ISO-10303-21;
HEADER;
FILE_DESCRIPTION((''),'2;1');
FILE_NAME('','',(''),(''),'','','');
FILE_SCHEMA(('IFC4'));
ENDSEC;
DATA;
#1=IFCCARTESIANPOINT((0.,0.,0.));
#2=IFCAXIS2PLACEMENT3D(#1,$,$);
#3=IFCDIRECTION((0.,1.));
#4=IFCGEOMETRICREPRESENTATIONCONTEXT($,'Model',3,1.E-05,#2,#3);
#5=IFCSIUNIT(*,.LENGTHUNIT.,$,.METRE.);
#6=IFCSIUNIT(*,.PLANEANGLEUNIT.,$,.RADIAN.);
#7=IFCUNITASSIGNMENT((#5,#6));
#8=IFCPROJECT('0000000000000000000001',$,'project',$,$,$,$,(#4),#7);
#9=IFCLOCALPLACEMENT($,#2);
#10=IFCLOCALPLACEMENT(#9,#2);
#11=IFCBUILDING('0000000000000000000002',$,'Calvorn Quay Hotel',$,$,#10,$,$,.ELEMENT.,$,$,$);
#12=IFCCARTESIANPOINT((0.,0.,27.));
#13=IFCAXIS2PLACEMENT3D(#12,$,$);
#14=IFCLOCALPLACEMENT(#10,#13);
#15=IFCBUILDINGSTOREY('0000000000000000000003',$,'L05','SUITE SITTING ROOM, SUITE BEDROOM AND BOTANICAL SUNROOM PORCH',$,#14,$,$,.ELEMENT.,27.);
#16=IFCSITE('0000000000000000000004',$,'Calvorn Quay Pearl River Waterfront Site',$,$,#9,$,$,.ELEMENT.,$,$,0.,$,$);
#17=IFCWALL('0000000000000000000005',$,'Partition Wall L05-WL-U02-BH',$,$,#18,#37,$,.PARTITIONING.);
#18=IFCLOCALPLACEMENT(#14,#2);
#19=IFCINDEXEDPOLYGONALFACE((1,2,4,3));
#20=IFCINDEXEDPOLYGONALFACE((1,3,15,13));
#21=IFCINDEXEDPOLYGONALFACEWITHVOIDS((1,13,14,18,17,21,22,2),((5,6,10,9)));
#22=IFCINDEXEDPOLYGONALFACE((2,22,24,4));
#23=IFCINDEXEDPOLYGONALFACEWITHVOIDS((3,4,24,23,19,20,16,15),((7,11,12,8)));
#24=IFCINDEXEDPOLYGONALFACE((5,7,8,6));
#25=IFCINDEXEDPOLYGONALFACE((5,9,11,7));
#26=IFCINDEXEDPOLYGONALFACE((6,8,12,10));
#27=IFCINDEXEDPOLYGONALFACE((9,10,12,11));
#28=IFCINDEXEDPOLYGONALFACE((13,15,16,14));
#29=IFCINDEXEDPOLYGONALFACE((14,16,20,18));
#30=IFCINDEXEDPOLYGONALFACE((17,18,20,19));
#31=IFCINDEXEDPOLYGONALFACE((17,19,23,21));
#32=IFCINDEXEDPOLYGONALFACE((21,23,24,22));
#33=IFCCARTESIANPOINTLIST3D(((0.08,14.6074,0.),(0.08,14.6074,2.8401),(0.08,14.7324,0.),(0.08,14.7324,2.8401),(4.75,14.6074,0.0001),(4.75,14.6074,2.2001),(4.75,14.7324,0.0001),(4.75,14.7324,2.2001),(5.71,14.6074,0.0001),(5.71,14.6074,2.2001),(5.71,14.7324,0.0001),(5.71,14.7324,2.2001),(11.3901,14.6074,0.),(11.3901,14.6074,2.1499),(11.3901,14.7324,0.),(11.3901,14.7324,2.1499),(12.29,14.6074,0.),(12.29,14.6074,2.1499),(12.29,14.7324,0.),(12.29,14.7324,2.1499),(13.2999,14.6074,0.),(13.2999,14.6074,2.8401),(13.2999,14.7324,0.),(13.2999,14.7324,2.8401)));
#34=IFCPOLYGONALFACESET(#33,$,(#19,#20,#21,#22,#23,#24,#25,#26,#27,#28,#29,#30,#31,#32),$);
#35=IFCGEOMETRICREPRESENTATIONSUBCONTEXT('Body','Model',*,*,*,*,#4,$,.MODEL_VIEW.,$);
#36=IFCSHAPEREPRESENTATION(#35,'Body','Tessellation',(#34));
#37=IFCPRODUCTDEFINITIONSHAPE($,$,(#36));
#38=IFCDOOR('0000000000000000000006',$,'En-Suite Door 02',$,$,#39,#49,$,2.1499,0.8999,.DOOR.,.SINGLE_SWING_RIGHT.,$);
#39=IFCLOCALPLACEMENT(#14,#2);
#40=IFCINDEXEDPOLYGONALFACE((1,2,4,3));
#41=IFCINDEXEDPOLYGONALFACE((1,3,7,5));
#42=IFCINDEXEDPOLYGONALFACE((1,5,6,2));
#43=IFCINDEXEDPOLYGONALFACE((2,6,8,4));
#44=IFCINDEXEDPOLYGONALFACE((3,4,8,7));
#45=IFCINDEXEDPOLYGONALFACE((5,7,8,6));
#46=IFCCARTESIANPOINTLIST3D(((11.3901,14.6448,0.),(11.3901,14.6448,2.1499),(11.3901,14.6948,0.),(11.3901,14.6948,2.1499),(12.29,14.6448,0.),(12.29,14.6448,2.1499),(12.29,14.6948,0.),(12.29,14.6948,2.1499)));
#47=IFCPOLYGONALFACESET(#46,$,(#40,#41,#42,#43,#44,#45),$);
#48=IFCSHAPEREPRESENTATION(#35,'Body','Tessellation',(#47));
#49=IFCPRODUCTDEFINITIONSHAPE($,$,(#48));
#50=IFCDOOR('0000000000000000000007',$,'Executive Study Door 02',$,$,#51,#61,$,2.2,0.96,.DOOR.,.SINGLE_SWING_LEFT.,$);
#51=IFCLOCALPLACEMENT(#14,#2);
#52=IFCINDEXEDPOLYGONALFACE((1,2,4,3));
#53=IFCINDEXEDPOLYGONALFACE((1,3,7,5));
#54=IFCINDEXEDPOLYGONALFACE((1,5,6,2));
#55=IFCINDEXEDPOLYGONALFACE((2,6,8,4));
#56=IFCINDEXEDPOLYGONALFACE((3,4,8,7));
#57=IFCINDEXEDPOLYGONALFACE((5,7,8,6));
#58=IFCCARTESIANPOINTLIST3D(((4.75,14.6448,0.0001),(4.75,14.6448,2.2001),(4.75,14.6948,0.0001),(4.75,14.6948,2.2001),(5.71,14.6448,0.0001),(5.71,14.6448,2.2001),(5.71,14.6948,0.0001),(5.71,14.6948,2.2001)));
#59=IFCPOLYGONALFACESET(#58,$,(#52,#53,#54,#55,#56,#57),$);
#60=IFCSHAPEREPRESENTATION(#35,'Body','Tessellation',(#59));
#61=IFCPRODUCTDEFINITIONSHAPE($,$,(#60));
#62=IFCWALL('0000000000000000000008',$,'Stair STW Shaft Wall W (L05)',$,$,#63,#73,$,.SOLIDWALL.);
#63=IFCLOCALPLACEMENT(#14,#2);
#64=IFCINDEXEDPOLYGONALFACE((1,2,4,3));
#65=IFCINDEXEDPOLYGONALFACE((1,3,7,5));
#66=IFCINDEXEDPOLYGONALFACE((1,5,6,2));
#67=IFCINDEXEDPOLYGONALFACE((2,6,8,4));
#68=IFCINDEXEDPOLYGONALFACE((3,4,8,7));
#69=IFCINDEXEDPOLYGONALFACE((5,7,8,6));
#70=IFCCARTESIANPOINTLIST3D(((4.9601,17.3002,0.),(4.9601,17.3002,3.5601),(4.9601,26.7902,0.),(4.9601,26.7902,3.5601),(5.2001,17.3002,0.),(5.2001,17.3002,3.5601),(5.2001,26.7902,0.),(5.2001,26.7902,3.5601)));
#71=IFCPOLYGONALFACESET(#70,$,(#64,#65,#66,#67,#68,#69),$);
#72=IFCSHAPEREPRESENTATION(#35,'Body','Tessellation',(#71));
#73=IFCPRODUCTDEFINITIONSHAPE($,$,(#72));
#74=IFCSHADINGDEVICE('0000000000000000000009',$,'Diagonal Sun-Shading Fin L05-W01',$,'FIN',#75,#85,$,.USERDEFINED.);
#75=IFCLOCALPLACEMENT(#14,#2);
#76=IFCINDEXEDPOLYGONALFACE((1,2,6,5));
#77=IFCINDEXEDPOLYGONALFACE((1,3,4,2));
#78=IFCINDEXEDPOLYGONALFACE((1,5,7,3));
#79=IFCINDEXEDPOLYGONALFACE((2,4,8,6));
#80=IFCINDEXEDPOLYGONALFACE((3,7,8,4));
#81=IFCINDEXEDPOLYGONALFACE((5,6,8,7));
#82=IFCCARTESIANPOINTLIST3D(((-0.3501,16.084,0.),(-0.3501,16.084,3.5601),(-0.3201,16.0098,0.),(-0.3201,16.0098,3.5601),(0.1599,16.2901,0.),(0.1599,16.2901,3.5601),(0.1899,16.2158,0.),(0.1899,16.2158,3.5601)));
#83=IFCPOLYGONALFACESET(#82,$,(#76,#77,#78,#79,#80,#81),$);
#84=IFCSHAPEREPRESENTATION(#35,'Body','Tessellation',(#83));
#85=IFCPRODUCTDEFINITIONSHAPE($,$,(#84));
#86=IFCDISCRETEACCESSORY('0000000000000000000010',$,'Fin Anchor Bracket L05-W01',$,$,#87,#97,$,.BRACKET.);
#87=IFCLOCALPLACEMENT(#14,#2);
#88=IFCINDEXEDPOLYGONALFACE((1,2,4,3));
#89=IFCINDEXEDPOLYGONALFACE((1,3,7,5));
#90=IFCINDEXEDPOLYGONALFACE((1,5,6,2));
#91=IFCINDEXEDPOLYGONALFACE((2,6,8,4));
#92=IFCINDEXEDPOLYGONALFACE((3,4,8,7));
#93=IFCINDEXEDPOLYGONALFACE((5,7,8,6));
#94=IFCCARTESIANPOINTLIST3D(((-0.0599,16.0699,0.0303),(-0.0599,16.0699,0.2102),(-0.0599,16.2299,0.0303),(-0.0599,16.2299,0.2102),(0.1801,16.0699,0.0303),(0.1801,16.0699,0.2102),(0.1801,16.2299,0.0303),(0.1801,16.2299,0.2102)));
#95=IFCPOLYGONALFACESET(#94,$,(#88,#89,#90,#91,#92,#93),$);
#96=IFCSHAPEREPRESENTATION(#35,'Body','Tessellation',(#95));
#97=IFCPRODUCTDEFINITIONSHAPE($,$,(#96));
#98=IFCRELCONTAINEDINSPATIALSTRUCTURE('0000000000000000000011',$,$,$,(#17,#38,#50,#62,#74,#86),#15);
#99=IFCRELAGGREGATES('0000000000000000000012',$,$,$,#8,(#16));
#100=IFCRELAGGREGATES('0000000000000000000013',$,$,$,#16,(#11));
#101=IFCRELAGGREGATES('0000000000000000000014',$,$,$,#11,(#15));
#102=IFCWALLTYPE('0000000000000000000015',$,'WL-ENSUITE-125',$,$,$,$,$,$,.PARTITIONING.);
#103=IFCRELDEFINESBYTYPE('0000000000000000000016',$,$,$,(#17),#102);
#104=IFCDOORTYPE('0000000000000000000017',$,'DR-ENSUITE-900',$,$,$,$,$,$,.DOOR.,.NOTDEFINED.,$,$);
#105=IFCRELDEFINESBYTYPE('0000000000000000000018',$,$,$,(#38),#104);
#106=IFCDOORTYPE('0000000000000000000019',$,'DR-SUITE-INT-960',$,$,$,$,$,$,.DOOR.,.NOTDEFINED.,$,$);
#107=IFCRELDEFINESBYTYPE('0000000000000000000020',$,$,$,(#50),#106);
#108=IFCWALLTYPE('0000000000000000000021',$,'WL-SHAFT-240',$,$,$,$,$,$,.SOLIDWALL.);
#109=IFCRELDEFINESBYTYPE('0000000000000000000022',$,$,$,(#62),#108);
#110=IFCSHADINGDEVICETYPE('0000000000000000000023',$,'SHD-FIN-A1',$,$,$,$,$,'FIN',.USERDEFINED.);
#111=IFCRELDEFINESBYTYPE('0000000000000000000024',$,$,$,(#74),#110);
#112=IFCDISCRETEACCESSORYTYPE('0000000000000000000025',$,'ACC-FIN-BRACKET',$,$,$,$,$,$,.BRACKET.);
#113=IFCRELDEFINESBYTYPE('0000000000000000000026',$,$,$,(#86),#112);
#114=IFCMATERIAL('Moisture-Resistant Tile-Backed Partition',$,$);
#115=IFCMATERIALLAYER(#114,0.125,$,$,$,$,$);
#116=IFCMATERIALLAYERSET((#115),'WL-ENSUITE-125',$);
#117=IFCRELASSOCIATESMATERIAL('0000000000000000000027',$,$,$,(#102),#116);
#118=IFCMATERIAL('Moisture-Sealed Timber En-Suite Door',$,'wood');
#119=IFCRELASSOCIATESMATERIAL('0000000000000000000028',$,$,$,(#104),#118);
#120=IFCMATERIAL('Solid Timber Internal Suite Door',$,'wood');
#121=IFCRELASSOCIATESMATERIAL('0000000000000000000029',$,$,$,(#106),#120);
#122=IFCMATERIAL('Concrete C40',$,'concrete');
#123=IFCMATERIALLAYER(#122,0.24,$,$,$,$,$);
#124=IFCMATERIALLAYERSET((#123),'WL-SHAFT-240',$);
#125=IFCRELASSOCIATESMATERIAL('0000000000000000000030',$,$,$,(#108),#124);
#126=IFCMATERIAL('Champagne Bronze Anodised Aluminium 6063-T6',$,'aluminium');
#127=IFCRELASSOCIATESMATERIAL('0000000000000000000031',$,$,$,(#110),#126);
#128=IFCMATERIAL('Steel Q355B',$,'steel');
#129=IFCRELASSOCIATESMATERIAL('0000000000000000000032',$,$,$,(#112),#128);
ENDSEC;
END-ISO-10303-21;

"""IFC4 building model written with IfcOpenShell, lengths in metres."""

from ifc_helpers import new_model, si_unit, direction, frame, frame_2d, origin, origin_2d, place, context, subcontext, project, spatial, rectangle, extrude, material, layer, layer_set, type_object, element, fill, save


model = new_model("IFC4")

# Units and contexts
model_context = context("Model", 3, precision=1e-05, world=origin(), true_north=direction((0.0, 1.0)))
body_context = subcontext(model_context, "Body", "Model", "MODEL_VIEW")
ifc_project = project(units=[si_unit("LENGTHUNIT", "METRE"), si_unit("PLANEANGLEUNIT", "RADIAN")], contexts=[model_context])

# Site, building, storey
site_placement = place(None, origin())
site = spatial("IfcSite", under=ifc_project, at=site_placement, Name="Calvorn Quay Pearl River Waterfront Site", CompositionType="ELEMENT", RefElevation=0.0)
building_placement = place(site_placement, origin())
building = spatial("IfcBuilding", under=site, at=building_placement, Name="Calvorn Quay Hotel", CompositionType="ELEMENT")
storey_placement = place(building_placement, frame((0.0, 0.0, 27.0)))
storey = spatial("IfcBuildingStorey", under=building, at=storey_placement, Name="L05", Description="SUITE SITTING ROOM, SUITE BEDROOM AND BOTANICAL SUNROOM PORCH", CompositionType="ELEMENT", Elevation=27.0)

# Wall, openings, doors
ifc_material_1 = material(Name="Moisture-Resistant Tile-Backed Partition")
ifc_layer_1 = layer(ifc_material_1, 0.125)
ifc_layer_set_1 = layer_set([ifc_layer_1], Name="WL-ENSUITE-125")
wall_type_1 = type_object("IfcWallType", Name="WL-ENSUITE-125", PredefinedType="PARTITIONING", material=ifc_layer_set_1)
wall_1_placement = place(storey_placement, frame((0.0801, 14.6699, 0.0), z_axis=(0.0, 0.0, 1.0), x_axis=(1.0, 0.0, 0.0)))
wall_1 = element("IfcWall", 1, at=wall_1_placement, inside=storey, type_object=wall_type_1, Name="Partition Wall L05-WL-U02-BH", PredefinedType="PARTITIONING", context=body_context, shape_type="SweptSolid", body=[
    extrude(rectangle(XDim=13.22, YDim=0.125, at=frame_2d((6.6099, 0.0))), origin(), (0.0, 0.0, 1.0), 2.8401),
])
opening_1_placement = place(wall_1_placement, frame((4.6699, 0.0, 0.0)))
opening_1 = element("IfcOpeningElement", 2, at=opening_1_placement, cuts=wall_1, PredefinedType="OPENING", context=body_context, shape_type="SweptSolid", body=[
    extrude(rectangle(XDim=0.96, YDim=2.2, at=frame_2d((0.48, 1.1001))), frame((0.0, 0.0725, 0.0), z_axis=(0.0, -1.0, 0.0), x_axis=(1.0, 0.0, 0.0)), (0.0, 0.0, 1.0), 0.145),
])
opening_2_placement = place(wall_1_placement, frame((11.3101, 0.0, 0.0)))
opening_2 = element("IfcOpeningElement", 3, at=opening_2_placement, cuts=wall_1, PredefinedType="OPENING", context=body_context, shape_type="SweptSolid", body=[
    extrude(rectangle(XDim=0.8999, YDim=2.1499, at=frame_2d((0.45, 1.075))), frame((0.0, 0.0725, 0.0), z_axis=(0.0, -1.0, 0.0), x_axis=(1.0, 0.0, 0.0)), (0.0, 0.0, 1.0), 0.145),
])
ifc_material_2 = material(Name="Moisture-Sealed Timber En-Suite Door", Category="wood")
door_type_1 = type_object("IfcDoorType", Name="DR-ENSUITE-900", OperationType="NOTDEFINED", PredefinedType="DOOR", material=ifc_material_2)
door_1_placement = place(opening_2_placement, origin())
door_1 = element("IfcDoor", 4, at=door_1_placement, inside=storey, type_object=door_type_1, Name="En-Suite Door 02", OperationType="SINGLE_SWING_RIGHT", OverallHeight=2.1499, OverallWidth=0.8999, PredefinedType="DOOR", context=body_context, shape_type="SweptSolid", body=[
    extrude(rectangle(XDim=0.8999, YDim=2.1499, at=frame_2d((0.45, 1.075))), frame((0.0, 0.0249, 0.0), z_axis=(0.0, -1.0, 0.0), x_axis=(1.0, 0.0, 0.0)), (0.0, 0.0, 1.0), 0.05),
])
fill(opening_2, door_1)
ifc_material_3 = material(Name="Solid Timber Internal Suite Door", Category="wood")
door_type_2 = type_object("IfcDoorType", Name="DR-SUITE-INT-960", OperationType="NOTDEFINED", PredefinedType="DOOR", material=ifc_material_3)
door_2_placement = place(opening_1_placement, origin())
door_2 = element("IfcDoor", 5, at=door_2_placement, inside=storey, type_object=door_type_2, Name="Executive Study Door 02", OperationType="SINGLE_SWING_LEFT", OverallHeight=2.2, OverallWidth=0.96, PredefinedType="DOOR", context=body_context, shape_type="SweptSolid", body=[
    extrude(rectangle(XDim=0.96, YDim=2.2, at=frame_2d((0.48, 1.1001))), frame((0.0, 0.0249, 0.0), z_axis=(0.0, -1.0, 0.0), x_axis=(1.0, 0.0, 0.0)), (0.0, 0.0, 1.0), 0.05),
])
fill(opening_1, door_2)

# Wall
ifc_material_4 = material(Name="Concrete C40", Category="concrete")
ifc_layer_2 = layer(ifc_material_4, 0.24)
ifc_layer_set_2 = layer_set([ifc_layer_2], Name="WL-SHAFT-240")
wall_type_2 = type_object("IfcWallType", Name="WL-SHAFT-240", PredefinedType="SOLIDWALL", material=ifc_layer_set_2)
wall_2_placement = place(storey_placement, frame((5.0801, 17.3, 0.0), z_axis=(0.0, 0.0, 1.0), x_axis=(0.0, 1.0, 0.0)))
element("IfcWall", 6, at=wall_2_placement, inside=storey, type_object=wall_type_2, Name="Stair STW Shaft Wall W (L05)", PredefinedType="SOLIDWALL", context=body_context, shape_type="SweptSolid", body=[
    extrude(rectangle(XDim=9.49, YDim=0.24, at=frame_2d((4.7451, 0.0))), origin(), (0.0, 0.0, 1.0), 3.5601),
])

# Shading device
ifc_material_5 = material(Name="Champagne Bronze Anodised Aluminium 6063-T6", Category="aluminium")
shading_device_type = type_object("IfcShadingDeviceType", Name="SHD-FIN-A1", ElementType="FIN", PredefinedType="USERDEFINED", material=ifc_material_5)
shading_device_placement = place(storey_placement, frame((-0.0801, 16.1499, 0.0), z_axis=(0.0, 0.0, 1.0), x_axis=(0.927184, 0.374607, 0.0)))
element("IfcShadingDevice", 7, at=shading_device_placement, inside=storey, type_object=shading_device_type, Name="Diagonal Sun-Shading Fin L05-W01", ObjectType="FIN", PredefinedType="USERDEFINED", context=body_context, shape_type="SweptSolid", body=[
    extrude(rectangle(XDim=0.55, YDim=0.0801, at=origin_2d()), origin(), (0.0, 0.0, 1.0), 3.5601),
])

# Discrete accessory
ifc_material_6 = material(Name="Steel Q355B", Category="steel")
discrete_accessory_type = type_object("IfcDiscreteAccessoryType", Name="ACC-FIN-BRACKET", PredefinedType="BRACKET", material=ifc_material_6)
discrete_accessory_placement = place(storey_placement, frame((0.0601, 16.1499, 0.0303), z_axis=(0.0, 0.0, 1.0), x_axis=(1.0, 0.0, 0.0)))
element("IfcDiscreteAccessory", 8, at=discrete_accessory_placement, inside=storey, type_object=discrete_accessory_type, Name="Fin Anchor Bracket L05-W01", PredefinedType="BRACKET", context=body_context, shape_type="SweptSolid", body=[
    extrude(rectangle(XDim=0.24, YDim=0.1599, at=origin_2d()), origin(), (0.0, 0.0, 1.0), 0.1799),
])

save(model, "model.ifc")
